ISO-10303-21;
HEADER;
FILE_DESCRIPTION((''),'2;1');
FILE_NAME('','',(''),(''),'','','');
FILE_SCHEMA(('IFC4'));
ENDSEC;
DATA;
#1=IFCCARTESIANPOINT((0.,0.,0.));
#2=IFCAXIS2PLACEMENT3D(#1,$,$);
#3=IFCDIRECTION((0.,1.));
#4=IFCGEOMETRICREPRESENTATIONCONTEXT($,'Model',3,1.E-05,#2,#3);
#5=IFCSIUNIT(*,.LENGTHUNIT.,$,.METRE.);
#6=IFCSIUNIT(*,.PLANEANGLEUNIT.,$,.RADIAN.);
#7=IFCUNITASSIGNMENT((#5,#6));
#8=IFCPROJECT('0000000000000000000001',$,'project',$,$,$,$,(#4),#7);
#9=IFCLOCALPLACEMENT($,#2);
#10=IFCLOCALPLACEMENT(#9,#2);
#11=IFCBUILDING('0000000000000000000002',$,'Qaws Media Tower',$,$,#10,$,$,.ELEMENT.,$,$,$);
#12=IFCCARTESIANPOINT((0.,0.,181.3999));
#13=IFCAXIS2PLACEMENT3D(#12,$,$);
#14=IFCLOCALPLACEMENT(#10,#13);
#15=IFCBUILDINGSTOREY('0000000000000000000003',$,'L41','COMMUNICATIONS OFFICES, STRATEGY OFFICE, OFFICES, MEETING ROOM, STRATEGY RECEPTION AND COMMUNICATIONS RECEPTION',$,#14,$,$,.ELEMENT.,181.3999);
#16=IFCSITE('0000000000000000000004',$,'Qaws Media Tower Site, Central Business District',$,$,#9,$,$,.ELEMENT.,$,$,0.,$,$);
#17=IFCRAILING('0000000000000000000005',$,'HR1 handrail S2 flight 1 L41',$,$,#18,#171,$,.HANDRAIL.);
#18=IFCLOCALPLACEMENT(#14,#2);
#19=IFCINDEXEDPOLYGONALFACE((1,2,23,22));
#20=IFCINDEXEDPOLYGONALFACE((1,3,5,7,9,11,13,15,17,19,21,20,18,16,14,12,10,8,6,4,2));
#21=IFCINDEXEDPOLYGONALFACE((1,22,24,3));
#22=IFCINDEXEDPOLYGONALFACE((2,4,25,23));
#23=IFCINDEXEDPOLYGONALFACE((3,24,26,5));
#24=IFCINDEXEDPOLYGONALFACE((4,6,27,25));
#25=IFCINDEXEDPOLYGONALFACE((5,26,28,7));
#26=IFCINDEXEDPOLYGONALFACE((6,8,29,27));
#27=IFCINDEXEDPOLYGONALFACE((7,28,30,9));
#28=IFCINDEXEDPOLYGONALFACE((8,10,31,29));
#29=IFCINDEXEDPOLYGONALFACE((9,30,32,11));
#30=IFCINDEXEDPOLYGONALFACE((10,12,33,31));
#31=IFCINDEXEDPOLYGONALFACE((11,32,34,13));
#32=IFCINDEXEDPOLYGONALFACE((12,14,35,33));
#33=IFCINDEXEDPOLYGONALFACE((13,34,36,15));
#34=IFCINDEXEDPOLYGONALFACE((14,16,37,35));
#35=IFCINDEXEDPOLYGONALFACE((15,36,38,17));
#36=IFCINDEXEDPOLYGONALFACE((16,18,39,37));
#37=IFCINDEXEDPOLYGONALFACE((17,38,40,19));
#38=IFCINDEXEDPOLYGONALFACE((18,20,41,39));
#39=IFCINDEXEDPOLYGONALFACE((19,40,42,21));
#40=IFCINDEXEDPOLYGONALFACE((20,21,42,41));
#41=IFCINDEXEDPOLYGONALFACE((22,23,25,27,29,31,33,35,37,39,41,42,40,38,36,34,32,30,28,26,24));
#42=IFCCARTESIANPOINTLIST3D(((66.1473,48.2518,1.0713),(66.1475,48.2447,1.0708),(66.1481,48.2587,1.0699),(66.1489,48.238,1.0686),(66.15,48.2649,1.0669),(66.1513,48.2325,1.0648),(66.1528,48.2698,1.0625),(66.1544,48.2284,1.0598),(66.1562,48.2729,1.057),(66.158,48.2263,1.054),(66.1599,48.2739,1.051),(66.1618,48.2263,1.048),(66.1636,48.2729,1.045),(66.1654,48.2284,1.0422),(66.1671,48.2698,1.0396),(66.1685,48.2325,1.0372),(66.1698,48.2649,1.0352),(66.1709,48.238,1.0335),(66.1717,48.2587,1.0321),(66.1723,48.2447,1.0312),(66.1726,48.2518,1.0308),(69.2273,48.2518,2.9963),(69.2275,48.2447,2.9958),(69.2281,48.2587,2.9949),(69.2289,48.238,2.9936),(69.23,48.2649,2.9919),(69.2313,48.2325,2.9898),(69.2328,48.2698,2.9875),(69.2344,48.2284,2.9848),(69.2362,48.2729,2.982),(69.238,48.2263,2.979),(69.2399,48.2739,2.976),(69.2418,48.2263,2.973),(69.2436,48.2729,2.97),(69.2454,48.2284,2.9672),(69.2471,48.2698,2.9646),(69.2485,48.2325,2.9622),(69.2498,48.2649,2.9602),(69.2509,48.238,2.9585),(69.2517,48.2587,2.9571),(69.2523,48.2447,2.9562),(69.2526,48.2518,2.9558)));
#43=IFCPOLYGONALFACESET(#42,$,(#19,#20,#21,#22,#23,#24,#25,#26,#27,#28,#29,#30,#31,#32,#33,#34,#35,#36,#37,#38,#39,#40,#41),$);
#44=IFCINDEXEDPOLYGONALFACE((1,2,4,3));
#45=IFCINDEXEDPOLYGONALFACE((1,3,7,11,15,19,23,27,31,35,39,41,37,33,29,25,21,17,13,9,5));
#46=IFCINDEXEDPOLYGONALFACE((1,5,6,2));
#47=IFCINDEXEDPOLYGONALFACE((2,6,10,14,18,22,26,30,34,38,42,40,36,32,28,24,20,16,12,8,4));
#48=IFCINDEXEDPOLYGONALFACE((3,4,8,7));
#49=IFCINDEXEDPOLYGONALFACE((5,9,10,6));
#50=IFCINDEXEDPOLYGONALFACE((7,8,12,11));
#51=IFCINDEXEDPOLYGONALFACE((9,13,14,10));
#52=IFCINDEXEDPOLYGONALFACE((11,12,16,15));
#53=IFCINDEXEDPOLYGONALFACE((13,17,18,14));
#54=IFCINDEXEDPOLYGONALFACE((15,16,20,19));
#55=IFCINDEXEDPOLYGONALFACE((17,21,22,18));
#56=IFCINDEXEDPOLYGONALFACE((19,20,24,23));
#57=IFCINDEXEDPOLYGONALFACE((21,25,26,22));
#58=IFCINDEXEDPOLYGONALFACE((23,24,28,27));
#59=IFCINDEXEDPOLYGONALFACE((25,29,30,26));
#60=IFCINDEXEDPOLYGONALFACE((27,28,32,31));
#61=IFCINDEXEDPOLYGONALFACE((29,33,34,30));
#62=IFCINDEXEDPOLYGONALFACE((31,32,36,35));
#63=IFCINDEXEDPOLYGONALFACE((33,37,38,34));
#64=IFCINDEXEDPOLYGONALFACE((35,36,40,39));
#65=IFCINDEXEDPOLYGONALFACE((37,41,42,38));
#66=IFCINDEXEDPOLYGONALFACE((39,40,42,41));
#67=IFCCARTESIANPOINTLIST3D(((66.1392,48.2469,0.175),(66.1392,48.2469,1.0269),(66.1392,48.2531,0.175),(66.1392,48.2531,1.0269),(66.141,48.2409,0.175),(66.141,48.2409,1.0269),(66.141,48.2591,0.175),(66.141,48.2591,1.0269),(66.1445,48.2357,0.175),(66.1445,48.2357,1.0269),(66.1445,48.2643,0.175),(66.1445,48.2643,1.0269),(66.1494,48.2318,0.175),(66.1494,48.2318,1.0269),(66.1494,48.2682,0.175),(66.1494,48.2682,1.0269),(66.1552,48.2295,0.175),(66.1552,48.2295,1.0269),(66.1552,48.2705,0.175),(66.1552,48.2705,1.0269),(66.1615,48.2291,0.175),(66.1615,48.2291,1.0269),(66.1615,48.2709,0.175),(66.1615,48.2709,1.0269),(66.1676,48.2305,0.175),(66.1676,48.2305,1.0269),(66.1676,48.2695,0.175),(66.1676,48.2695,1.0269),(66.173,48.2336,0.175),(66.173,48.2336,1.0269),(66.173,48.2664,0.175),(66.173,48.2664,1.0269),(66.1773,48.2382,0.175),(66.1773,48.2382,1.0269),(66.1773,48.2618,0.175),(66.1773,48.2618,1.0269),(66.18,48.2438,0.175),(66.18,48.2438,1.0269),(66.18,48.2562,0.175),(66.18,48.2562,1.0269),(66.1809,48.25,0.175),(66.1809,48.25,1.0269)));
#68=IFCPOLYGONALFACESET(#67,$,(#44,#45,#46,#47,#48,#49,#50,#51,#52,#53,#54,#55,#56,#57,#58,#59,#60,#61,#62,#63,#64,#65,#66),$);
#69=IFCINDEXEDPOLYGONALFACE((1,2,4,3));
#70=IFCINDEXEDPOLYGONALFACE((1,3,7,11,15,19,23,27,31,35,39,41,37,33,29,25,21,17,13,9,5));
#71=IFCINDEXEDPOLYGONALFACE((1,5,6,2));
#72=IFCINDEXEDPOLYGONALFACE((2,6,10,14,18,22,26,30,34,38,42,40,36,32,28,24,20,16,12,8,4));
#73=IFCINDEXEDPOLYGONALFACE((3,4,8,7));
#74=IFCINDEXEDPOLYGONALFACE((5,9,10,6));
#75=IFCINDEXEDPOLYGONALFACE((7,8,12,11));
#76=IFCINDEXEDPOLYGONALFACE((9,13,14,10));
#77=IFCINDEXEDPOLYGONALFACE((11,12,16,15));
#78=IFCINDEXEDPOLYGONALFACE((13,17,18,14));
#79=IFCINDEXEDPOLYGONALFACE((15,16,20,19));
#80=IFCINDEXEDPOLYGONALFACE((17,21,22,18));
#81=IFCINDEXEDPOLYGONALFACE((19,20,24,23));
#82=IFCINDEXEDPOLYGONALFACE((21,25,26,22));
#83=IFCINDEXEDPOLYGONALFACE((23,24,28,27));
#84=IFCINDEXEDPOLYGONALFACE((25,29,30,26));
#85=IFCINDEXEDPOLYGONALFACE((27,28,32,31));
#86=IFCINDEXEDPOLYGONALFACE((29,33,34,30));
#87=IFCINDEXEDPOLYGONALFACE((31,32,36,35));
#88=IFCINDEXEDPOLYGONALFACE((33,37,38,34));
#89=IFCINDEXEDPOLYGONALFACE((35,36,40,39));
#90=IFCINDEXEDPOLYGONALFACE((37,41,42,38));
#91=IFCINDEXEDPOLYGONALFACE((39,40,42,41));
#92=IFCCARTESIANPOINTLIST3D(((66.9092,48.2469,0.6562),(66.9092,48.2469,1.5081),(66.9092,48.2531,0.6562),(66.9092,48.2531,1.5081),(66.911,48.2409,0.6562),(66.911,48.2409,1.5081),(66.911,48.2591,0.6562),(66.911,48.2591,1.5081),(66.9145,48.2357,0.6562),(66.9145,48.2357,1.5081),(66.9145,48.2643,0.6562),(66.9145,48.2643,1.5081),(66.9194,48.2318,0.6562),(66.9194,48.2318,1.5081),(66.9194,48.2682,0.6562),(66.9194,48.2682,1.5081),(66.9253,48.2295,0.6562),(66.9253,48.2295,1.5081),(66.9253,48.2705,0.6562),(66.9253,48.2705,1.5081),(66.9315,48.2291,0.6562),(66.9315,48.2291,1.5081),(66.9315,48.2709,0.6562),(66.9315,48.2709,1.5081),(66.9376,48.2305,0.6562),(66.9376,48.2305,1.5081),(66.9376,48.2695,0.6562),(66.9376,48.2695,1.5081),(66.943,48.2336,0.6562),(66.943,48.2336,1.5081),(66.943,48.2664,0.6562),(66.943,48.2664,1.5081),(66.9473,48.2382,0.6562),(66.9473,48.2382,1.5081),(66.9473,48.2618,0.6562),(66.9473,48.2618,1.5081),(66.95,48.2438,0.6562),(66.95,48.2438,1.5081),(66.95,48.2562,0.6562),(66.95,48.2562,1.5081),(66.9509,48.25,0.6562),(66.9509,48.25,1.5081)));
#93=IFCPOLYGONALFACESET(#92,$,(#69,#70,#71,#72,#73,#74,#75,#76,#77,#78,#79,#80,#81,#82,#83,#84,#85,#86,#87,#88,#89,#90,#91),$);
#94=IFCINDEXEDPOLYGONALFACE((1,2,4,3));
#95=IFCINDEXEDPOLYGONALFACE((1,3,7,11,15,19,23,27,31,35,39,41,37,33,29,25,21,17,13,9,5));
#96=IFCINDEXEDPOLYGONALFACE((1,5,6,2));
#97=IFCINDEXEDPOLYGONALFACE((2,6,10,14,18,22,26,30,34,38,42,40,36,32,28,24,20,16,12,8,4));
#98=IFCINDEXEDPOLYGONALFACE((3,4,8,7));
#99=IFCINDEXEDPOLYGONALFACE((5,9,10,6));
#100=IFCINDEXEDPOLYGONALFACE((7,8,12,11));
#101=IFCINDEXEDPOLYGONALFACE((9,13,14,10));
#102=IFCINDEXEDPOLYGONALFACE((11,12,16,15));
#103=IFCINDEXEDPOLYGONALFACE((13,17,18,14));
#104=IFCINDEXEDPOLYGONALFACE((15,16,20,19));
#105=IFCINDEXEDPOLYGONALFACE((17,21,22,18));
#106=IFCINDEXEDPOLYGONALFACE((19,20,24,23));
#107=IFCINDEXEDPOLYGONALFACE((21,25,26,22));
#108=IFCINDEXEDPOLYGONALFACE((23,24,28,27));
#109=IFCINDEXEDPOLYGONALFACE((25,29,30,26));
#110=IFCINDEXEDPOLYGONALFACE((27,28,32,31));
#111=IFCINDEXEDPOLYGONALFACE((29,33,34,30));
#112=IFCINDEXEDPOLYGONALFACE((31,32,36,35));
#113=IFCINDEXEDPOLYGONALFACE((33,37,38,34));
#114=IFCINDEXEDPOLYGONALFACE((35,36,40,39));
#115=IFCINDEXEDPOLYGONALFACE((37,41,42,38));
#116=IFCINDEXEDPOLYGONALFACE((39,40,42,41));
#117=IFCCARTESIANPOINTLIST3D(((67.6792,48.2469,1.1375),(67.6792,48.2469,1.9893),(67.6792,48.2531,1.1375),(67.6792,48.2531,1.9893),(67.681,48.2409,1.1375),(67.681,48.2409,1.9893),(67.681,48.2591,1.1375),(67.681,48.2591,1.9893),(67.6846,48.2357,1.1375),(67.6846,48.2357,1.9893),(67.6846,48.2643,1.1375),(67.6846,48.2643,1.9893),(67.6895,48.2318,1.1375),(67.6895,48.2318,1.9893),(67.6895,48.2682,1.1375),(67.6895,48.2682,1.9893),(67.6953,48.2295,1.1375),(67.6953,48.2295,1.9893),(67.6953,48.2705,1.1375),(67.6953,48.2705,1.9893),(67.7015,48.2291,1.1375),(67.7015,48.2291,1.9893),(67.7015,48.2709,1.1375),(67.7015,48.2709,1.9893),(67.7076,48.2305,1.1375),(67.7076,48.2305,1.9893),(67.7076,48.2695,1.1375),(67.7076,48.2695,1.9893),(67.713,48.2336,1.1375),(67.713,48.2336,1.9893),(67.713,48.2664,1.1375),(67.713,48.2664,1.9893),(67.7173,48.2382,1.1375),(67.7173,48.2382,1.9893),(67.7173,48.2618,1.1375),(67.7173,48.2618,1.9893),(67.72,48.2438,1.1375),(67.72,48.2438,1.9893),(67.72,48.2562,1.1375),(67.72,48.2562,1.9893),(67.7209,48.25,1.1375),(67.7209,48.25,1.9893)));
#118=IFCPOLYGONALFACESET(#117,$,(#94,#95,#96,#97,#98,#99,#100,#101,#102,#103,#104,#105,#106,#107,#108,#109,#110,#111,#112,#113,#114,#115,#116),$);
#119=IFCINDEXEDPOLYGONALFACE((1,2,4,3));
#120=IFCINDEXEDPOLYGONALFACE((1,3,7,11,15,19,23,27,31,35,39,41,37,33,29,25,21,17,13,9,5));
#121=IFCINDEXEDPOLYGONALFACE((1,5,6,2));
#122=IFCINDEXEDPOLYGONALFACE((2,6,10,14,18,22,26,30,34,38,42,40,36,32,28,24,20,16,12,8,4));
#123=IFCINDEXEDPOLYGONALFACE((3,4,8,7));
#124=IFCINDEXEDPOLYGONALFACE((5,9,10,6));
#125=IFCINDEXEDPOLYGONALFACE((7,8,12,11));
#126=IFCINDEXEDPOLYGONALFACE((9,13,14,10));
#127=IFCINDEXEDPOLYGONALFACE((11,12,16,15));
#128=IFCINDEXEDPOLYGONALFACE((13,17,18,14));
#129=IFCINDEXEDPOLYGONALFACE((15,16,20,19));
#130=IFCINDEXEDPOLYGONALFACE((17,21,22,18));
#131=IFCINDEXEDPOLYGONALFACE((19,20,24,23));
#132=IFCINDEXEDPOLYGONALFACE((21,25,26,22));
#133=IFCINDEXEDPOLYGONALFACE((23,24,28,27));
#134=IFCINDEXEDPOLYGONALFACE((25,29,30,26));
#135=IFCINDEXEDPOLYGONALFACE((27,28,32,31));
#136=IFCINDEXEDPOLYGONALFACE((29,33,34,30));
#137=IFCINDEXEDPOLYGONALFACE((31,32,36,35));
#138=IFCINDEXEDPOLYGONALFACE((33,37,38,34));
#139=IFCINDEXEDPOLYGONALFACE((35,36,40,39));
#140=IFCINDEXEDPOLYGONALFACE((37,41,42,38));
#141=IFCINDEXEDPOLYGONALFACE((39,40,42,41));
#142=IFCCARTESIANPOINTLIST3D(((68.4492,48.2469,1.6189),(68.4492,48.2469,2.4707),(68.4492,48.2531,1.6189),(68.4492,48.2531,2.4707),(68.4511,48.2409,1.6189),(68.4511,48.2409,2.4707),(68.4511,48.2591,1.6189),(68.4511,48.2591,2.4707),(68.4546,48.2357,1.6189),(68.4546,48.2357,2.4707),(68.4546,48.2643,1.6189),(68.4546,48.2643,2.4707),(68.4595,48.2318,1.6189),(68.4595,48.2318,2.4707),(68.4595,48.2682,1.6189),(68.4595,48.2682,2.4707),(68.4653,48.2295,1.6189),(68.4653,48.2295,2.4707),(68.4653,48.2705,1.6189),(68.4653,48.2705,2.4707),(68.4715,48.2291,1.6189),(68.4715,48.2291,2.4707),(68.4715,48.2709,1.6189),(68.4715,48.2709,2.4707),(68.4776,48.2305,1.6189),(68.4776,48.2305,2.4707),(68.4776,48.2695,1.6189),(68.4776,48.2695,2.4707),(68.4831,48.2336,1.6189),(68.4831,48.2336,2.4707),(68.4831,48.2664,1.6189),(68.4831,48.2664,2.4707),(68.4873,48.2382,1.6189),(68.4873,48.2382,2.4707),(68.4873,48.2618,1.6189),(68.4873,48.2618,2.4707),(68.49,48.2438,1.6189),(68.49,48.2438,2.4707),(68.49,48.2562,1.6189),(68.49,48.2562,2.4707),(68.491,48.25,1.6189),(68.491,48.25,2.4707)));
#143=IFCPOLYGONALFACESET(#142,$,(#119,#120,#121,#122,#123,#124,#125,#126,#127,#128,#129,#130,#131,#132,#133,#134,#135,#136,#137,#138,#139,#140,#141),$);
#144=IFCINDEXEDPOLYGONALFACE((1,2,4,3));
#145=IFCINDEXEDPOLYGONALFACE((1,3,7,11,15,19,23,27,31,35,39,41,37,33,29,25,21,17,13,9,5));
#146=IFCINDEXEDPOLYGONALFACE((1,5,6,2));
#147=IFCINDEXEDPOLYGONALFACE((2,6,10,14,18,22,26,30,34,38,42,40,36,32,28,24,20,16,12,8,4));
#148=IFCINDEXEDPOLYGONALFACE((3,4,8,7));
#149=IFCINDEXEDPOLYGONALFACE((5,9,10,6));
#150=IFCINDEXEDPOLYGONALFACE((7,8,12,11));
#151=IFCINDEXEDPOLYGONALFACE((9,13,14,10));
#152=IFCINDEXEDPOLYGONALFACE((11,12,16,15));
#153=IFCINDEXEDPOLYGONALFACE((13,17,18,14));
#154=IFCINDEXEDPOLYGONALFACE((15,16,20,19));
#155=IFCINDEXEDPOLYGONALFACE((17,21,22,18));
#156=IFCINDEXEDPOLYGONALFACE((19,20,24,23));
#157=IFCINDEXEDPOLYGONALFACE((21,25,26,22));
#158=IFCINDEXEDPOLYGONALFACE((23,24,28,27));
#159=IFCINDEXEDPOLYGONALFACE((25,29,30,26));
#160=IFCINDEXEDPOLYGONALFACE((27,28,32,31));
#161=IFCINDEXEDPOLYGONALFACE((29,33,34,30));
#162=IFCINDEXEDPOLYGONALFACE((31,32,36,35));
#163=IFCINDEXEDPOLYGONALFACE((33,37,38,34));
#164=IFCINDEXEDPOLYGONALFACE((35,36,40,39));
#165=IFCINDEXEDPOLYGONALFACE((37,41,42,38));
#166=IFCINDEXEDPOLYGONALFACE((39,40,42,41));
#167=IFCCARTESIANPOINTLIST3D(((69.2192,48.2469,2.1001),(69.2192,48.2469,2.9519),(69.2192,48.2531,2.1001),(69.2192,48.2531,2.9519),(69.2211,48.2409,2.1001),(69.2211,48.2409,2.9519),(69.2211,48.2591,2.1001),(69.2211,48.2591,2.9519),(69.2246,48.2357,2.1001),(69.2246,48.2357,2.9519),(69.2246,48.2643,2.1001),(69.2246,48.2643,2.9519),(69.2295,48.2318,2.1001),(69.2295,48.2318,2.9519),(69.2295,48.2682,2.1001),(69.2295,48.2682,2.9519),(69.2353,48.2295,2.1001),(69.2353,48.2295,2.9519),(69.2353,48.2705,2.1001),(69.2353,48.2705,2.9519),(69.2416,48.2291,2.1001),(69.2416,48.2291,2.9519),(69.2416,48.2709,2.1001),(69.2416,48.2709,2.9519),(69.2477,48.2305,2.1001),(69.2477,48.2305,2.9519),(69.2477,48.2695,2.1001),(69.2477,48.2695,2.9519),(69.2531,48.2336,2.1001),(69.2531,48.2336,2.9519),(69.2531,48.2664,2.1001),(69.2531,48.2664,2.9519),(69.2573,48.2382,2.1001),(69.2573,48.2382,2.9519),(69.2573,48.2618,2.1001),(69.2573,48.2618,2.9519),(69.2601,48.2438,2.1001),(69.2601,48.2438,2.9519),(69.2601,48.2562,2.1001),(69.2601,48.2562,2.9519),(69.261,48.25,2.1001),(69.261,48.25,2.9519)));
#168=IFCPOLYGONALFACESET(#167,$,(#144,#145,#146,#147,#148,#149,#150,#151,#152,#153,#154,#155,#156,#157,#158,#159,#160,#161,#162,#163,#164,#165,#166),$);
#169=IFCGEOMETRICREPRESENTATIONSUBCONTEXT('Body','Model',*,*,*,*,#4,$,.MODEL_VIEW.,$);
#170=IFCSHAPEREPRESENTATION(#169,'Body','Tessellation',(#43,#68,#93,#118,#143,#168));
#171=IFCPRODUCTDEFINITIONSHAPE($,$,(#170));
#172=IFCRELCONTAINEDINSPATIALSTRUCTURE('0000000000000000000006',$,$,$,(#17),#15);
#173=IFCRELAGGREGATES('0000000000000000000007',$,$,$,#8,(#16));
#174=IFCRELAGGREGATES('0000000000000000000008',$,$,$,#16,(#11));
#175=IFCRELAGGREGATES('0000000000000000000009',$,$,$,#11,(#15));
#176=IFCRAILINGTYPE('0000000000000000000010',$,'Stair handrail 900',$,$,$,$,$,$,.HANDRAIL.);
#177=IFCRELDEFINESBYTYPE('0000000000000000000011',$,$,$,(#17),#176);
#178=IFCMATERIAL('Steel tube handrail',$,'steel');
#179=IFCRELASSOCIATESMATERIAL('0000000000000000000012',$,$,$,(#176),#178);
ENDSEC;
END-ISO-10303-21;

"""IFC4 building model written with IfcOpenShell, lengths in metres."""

from ifc_helpers import new_model, si_unit, direction, frame, origin, origin_2d, place, context, subcontext, project, spatial, circle, extrude, material, type_object, element, save


model = new_model("IFC4")

# Units and contexts
model_context = context("Model", 3, precision=1e-05, world=origin(), true_north=direction((0.0, 1.0)))
body_context = subcontext(model_context, "Body", "Model", "MODEL_VIEW")
ifc_project = project(units=[si_unit("LENGTHUNIT", "METRE"), si_unit("PLANEANGLEUNIT", "RADIAN")], contexts=[model_context])

# Site, building, storey
site_placement = place(None, origin())
site = spatial("IfcSite", under=ifc_project, at=site_placement, Name="Qaws Media Tower Site, Central Business District", CompositionType="ELEMENT", RefElevation=0.0)
building_placement = place(site_placement, origin())
building = spatial("IfcBuilding", under=site, at=building_placement, Name="Qaws Media Tower", CompositionType="ELEMENT")
storey_placement = place(building_placement, frame((0.0, 0.0, 181.3999)))
storey = spatial("IfcBuildingStorey", under=building, at=storey_placement, Name="L41", Description="COMMUNICATIONS OFFICES, STRATEGY OFFICE, OFFICES, MEETING ROOM, STRATEGY RECEPTION AND COMMUNICATIONS RECEPTION", CompositionType="ELEMENT", Elevation=181.3999)

# Railing
ifc_material_1 = material(Name="Steel tube handrail", Category="steel")
railing_type = type_object("IfcRailingType", Name="Stair handrail 900", PredefinedType="HANDRAIL", material=ifc_material_1)
for number, where, name in (
    (1, (66.1599, 48.25, 0.175), "HR1 handrail S2 flight 1 L41"),
):
    element("IfcRailing", number, at=place(storey_placement, frame(where)), inside=storey, type_object=railing_type, Name=name, PredefinedType="HANDRAIL", context=body_context, shape_type="SweptSolid", body=[
        extrude(circle(Radius=0.0239, at=origin_2d()), frame((0.0, 0.0, 0.876), z_axis=(0.847998, 0.0, 0.529999), x_axis=(0.0, 1.0, 0.0)), (0.0, 0.0, 1.0), 3.6321),
        extrude(circle(Radius=0.021, at=origin_2d()), origin(), (0.0, 0.0, 1.0), 0.8518),
        extrude(circle(Radius=0.021, at=origin_2d()), frame((0.77, 0.0, 0.4812)), (0.0, 0.0, 1.0), 0.8518),
        extrude(circle(Radius=0.021, at=origin_2d()), frame((1.54, 0.0, 0.9624)), (0.0, 0.0, 1.0), 0.8518),
        extrude(circle(Radius=0.021, at=origin_2d()), frame((2.3101, 0.0, 1.4438)), (0.0, 0.0, 1.0), 0.8518),
        extrude(circle(Radius=0.021, at=origin_2d()), frame((3.0801, 0.0, 1.925)), (0.0, 0.0, 1.0), 0.8518),
    ])

save(model, "model.ifc")
